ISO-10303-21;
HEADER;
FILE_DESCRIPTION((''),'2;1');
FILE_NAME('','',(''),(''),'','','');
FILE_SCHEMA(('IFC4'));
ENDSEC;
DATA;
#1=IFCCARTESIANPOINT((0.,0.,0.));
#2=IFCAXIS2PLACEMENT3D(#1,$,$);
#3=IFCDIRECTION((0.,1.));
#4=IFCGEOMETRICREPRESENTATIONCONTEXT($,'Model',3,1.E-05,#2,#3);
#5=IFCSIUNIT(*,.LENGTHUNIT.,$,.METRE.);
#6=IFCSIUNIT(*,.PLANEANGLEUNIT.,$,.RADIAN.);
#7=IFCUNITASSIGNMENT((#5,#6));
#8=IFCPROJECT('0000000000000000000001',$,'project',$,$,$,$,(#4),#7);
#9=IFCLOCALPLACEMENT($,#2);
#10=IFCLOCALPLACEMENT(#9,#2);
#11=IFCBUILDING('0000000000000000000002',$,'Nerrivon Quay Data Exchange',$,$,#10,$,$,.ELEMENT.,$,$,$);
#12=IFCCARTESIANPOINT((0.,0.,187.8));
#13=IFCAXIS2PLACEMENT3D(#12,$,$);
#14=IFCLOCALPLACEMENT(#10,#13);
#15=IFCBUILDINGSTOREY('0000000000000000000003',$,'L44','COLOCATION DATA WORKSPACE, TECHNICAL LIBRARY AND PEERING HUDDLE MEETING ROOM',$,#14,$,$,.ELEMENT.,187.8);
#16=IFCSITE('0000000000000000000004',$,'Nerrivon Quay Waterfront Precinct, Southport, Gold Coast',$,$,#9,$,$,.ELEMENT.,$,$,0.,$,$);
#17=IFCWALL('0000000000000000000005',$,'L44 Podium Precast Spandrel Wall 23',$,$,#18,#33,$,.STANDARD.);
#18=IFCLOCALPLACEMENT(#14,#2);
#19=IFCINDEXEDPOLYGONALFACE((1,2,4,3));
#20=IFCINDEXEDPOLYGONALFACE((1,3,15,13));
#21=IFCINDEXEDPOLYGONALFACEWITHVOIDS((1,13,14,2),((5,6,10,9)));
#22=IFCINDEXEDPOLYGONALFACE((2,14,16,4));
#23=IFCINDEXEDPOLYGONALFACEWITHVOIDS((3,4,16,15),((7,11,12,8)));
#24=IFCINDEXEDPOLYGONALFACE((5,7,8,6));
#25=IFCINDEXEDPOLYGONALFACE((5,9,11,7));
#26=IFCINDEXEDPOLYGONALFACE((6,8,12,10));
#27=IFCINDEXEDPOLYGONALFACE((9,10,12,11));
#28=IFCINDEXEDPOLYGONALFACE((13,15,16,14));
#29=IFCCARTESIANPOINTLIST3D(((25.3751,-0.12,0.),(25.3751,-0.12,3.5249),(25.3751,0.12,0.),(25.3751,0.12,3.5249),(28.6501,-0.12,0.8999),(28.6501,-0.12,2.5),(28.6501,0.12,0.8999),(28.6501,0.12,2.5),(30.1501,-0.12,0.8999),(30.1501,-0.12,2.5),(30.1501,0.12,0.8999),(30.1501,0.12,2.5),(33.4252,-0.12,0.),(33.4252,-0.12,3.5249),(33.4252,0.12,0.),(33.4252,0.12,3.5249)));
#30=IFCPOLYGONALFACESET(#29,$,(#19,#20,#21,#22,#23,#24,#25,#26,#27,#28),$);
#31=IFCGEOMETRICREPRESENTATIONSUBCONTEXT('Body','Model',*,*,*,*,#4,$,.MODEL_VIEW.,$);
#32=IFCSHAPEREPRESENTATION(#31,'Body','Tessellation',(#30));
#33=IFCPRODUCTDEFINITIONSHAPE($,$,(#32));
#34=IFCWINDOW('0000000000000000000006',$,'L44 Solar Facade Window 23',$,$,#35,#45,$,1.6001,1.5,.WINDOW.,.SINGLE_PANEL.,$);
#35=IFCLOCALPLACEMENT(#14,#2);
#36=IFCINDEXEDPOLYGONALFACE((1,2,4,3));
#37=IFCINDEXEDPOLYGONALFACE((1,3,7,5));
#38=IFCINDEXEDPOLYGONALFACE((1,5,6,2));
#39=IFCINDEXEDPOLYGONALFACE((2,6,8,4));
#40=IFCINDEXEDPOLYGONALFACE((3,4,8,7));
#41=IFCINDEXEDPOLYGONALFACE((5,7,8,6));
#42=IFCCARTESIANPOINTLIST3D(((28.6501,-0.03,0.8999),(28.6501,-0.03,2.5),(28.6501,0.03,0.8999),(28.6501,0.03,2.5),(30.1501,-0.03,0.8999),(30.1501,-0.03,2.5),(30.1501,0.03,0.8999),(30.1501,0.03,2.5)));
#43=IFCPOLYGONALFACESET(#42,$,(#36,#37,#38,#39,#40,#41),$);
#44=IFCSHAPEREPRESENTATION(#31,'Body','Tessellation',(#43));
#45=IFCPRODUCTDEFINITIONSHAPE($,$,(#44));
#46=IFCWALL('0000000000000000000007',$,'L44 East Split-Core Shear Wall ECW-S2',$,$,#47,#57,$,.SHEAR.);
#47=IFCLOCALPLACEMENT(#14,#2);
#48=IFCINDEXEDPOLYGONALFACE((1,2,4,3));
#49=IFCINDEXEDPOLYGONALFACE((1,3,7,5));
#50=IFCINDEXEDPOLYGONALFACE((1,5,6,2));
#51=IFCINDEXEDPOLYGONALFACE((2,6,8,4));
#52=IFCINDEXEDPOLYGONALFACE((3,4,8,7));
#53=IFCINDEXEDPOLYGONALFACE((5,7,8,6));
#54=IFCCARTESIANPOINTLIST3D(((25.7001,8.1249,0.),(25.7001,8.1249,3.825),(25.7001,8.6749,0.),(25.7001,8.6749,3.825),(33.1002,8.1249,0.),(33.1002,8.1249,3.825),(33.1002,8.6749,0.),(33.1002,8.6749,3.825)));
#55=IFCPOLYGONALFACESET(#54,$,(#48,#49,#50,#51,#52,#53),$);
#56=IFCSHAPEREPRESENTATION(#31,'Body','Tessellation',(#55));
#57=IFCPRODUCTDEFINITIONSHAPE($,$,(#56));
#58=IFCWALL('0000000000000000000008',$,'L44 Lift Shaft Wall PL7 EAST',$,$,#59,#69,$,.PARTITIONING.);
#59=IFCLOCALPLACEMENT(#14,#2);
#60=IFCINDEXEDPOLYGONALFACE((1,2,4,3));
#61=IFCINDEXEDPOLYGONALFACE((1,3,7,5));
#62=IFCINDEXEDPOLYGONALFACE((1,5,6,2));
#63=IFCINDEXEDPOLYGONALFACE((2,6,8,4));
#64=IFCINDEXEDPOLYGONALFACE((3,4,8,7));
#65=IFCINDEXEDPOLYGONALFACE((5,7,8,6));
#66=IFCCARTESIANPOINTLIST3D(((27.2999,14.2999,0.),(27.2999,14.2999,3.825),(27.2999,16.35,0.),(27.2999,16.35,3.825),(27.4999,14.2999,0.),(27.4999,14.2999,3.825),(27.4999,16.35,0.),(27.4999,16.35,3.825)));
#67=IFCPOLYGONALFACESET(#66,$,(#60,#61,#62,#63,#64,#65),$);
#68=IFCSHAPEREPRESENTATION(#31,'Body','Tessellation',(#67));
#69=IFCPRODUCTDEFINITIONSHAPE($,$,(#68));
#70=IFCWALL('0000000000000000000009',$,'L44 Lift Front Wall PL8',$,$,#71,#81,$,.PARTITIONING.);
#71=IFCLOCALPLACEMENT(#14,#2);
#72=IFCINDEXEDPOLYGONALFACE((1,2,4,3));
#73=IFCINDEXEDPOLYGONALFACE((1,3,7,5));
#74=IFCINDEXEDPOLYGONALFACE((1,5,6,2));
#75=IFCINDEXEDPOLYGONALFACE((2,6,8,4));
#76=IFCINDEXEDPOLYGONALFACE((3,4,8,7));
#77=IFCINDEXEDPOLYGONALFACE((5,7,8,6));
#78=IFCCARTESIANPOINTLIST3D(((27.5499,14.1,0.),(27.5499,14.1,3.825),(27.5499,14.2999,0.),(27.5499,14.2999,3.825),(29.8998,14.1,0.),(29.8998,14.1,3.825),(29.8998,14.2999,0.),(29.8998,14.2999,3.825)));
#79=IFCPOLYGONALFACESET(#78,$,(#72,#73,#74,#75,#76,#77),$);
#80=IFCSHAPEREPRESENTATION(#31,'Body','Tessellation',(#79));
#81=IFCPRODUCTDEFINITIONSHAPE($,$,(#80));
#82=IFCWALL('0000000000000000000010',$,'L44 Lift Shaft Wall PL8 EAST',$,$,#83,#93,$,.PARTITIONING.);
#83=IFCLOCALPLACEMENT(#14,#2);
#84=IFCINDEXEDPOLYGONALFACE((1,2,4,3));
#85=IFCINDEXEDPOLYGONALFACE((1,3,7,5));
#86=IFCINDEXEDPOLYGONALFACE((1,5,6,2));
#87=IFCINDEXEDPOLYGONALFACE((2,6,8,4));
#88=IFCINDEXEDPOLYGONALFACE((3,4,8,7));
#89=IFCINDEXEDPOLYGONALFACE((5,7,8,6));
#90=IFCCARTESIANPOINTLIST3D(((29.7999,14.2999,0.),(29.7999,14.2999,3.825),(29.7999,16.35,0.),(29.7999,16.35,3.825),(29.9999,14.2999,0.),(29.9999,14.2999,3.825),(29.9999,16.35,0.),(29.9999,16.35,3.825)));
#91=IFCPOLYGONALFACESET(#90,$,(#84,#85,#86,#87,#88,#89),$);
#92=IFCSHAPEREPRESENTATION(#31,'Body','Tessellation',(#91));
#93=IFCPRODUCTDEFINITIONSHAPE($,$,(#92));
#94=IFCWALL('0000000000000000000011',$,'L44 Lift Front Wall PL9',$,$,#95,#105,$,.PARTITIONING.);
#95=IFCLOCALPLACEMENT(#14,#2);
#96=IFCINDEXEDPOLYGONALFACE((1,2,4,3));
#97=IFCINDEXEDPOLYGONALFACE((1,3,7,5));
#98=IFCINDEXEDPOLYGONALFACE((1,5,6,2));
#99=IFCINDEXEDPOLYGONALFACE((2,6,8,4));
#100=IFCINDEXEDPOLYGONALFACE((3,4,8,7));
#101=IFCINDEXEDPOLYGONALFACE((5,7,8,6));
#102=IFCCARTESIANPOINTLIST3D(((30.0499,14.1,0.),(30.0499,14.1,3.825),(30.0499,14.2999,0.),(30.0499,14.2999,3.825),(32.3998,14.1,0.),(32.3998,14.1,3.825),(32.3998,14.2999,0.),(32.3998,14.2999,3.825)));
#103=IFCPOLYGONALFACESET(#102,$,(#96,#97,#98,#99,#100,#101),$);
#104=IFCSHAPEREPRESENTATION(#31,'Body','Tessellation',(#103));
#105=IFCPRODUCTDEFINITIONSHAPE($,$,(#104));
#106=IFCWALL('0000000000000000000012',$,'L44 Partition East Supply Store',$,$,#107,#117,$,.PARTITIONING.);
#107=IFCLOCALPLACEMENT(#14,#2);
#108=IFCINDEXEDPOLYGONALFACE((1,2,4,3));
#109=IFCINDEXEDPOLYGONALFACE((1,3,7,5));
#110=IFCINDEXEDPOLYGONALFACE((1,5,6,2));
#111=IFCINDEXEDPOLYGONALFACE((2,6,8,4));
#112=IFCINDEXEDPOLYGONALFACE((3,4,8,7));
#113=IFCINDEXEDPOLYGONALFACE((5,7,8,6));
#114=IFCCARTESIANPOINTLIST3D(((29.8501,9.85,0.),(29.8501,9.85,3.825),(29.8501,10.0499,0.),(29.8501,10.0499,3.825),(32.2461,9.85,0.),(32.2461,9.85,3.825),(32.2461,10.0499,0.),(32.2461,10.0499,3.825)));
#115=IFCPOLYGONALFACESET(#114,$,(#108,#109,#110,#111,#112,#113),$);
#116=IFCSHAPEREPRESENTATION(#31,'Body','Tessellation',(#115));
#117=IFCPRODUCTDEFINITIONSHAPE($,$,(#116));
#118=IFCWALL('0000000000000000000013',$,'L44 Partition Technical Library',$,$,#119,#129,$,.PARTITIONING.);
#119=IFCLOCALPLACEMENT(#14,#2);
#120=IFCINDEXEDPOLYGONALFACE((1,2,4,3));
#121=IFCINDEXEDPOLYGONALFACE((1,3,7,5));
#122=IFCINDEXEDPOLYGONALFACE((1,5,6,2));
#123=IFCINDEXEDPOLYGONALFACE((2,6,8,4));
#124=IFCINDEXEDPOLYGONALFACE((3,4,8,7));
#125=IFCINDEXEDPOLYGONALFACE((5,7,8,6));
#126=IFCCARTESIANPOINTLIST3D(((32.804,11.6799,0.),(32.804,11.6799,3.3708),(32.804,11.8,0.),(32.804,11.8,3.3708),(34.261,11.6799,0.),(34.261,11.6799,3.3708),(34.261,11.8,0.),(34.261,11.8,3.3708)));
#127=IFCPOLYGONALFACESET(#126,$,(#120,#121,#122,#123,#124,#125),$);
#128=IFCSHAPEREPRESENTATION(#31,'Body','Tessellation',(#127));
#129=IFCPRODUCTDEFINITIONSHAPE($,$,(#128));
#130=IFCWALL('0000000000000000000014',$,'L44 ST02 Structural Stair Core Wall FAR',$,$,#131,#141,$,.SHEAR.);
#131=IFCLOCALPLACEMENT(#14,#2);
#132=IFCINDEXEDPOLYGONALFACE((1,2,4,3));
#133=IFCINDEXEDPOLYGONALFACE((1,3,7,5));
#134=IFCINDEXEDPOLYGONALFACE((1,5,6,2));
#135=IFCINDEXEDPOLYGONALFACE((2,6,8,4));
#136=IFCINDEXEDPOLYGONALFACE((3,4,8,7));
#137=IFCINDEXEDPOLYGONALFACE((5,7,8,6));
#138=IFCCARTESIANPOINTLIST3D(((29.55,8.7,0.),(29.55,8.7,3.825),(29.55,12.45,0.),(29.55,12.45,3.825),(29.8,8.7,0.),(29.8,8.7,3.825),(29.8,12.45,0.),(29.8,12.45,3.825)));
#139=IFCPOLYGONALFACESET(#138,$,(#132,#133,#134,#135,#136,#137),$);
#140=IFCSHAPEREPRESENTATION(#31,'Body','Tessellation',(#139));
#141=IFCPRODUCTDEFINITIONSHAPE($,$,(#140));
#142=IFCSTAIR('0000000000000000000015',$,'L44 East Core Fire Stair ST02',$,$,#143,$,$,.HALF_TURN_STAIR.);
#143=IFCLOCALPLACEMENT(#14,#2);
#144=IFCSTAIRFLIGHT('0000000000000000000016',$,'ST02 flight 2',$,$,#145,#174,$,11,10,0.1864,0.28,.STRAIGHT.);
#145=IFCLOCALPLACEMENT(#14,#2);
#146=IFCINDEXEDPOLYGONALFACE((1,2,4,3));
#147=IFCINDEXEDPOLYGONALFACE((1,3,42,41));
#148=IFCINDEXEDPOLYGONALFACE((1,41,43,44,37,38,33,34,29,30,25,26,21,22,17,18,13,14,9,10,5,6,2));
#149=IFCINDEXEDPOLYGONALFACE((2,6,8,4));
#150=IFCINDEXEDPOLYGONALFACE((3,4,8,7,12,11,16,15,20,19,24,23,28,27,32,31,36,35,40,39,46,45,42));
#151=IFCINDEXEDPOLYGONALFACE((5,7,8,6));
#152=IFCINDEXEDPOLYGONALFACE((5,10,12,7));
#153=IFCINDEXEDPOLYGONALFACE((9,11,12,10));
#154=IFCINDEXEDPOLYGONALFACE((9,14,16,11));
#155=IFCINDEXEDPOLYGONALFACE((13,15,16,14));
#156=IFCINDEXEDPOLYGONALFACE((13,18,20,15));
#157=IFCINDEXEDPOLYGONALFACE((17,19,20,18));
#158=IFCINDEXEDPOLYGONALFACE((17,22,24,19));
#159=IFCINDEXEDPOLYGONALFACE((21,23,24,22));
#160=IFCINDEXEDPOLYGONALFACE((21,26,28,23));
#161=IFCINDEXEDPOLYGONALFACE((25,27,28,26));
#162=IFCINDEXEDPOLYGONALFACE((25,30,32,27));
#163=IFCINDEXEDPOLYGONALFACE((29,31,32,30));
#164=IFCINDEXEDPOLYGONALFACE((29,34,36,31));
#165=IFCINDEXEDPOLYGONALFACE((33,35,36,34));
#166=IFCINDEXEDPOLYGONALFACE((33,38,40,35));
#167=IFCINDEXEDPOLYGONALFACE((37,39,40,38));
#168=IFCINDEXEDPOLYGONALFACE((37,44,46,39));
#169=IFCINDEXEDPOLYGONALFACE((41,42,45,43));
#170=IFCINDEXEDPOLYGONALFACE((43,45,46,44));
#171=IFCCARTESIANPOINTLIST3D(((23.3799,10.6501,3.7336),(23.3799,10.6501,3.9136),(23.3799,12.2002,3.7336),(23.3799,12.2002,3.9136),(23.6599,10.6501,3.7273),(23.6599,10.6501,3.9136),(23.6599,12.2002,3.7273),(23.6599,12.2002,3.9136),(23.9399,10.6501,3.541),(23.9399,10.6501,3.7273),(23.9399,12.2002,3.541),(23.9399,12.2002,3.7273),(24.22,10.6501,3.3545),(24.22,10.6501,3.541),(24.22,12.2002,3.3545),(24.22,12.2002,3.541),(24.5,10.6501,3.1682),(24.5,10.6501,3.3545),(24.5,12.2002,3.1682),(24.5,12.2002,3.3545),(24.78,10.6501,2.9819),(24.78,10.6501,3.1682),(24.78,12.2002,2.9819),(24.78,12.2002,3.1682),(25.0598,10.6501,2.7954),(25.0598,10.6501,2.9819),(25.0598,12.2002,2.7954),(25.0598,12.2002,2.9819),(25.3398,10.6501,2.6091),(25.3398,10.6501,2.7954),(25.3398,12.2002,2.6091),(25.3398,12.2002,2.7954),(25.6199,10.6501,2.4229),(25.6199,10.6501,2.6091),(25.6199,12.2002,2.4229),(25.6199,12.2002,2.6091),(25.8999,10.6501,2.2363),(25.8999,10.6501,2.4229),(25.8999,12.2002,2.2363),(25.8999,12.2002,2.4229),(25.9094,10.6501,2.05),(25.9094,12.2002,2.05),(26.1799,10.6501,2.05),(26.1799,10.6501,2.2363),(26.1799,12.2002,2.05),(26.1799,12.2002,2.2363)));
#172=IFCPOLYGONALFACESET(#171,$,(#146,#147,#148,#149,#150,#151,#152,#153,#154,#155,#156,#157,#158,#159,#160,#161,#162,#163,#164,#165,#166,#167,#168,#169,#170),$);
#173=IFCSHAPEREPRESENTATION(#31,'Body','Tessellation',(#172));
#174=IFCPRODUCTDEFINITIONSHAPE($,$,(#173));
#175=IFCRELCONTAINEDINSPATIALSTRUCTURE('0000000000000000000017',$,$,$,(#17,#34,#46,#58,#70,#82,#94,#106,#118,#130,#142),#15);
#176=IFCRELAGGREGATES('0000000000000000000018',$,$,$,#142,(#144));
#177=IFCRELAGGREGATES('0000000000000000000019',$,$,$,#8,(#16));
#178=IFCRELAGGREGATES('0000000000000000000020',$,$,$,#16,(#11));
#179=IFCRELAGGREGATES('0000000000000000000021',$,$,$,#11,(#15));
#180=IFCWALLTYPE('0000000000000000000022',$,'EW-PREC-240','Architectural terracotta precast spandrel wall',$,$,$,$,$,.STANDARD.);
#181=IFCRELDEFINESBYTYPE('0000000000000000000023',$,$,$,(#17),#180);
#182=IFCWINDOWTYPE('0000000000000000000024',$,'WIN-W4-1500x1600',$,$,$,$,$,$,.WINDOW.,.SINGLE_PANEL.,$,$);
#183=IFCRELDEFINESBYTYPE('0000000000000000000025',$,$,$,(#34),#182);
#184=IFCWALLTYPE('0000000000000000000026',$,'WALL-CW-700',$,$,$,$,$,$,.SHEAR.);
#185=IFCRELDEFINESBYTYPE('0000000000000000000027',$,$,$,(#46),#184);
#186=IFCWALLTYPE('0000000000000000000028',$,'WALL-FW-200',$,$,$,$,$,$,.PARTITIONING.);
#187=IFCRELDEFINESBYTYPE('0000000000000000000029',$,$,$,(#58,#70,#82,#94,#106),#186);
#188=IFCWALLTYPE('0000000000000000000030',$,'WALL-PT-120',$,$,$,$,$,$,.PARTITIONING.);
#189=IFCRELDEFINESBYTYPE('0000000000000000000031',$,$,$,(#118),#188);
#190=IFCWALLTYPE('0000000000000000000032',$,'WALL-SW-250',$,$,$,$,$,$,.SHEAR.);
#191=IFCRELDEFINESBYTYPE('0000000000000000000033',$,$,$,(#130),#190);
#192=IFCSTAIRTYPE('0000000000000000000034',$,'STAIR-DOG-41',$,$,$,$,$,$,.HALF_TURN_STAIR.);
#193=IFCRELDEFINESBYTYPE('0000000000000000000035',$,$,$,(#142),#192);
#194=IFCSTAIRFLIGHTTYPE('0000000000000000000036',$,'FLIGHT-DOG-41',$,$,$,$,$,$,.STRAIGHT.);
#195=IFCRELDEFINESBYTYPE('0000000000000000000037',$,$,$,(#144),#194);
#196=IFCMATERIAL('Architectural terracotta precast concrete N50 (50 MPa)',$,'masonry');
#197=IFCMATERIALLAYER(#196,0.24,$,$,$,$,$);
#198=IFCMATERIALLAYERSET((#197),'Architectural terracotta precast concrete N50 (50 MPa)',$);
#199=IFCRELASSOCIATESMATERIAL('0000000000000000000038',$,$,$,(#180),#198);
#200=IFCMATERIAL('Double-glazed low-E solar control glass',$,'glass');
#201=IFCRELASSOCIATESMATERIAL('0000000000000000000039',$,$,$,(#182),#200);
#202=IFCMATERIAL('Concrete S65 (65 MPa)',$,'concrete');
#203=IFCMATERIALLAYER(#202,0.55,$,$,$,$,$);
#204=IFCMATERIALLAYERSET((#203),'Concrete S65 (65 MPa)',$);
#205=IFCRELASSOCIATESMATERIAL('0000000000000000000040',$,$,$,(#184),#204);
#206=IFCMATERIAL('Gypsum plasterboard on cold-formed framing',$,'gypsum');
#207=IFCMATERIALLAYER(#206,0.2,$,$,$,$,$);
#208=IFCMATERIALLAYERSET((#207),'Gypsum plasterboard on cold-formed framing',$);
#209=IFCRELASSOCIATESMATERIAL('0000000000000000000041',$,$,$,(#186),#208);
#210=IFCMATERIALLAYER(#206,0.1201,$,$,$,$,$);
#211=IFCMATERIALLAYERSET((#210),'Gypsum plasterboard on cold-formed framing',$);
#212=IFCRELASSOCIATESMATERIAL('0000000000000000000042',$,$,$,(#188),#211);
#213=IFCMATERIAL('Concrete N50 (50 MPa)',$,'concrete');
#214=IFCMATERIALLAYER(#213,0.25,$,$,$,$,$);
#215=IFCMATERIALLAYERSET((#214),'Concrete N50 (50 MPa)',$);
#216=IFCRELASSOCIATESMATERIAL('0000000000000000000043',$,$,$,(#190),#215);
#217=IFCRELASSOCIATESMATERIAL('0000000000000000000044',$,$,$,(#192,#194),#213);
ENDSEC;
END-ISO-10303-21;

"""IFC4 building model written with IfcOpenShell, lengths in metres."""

from ifc_helpers import new_model, si_unit, direction, frame, frame_2d, origin, place, context, subcontext, project, spatial, polyline, rectangle, outline, extrude, material, layer, layer_set, type_object, element, fill, aggregate, save


model = new_model("IFC4")

# Units and contexts
model_context = context("Model", 3, precision=1e-05, world=origin(), true_north=direction((0.0, 1.0)))
body_context = subcontext(model_context, "Body", "Model", "MODEL_VIEW")
ifc_project = project(units=[si_unit("LENGTHUNIT", "METRE"), si_unit("PLANEANGLEUNIT", "RADIAN")], contexts=[model_context])

# Site, building, storey
site_placement = place(None, origin())
site = spatial("IfcSite", under=ifc_project, at=site_placement, Name="Nerrivon Quay Waterfront Precinct, Southport, Gold Coast", CompositionType="ELEMENT", RefElevation=0.0)
building_placement = place(site_placement, origin())
building = spatial("IfcBuilding", under=site, at=building_placement, Name="Nerrivon Quay Data Exchange", CompositionType="ELEMENT")
storey_placement = place(building_placement, frame((0.0, 0.0, 187.8)))
storey = spatial("IfcBuildingStorey", under=building, at=storey_placement, Name="L44", Description="COLOCATION DATA WORKSPACE, TECHNICAL LIBRARY AND PEERING HUDDLE MEETING ROOM", CompositionType="ELEMENT", Elevation=187.8)

# Shared definitions
ifc_material_1 = material(Name="Concrete S65 (65 MPa)", Category="concrete")

# Wall, opening, window
ifc_material_2 = material(Name="Architectural terracotta precast concrete N50 (50 MPa)", Category="masonry")
ifc_layer_1 = layer(ifc_material_2, 0.24)
ifc_layer_set_1 = layer_set([ifc_layer_1], Name="Architectural terracotta precast concrete N50 (50 MPa)")
wall_type_1 = type_object("IfcWallType", Name="EW-PREC-240", Description="Architectural terracotta precast spandrel wall", PredefinedType="STANDARD", material=ifc_layer_set_1)
wall_1_placement = place(storey_placement, frame((33.425, 0.0, 0.0), z_axis=(0.0, 0.0, 1.0), x_axis=(-1.0, 0.0, 0.0)))
wall_1 = element("IfcWall", 1, at=wall_1_placement, inside=storey, type_object=wall_type_1, Name="L44 Podium Precast Spandrel Wall 23", PredefinedType="STANDARD", context=body_context, shape_type="SweptSolid", body=[
    extrude(rectangle(XDim=8.05, YDim=0.24, at=frame_2d((4.0249, 0.0))), origin(), (0.0, 0.0, 1.0), 3.5249),
])
opening_1_placement = place(wall_1_placement, frame((3.2749, 0.0, 0.8999)))
opening_1 = element("IfcOpeningElement", 2, at=opening_1_placement, cuts=wall_1, PredefinedType="OPENING", context=body_context, shape_type="SweptSolid", body=[
    extrude(rectangle(XDim=1.5, YDim=1.6001, at=frame_2d((0.75, 0.8))), frame((0.0, 0.1299, 0.0), z_axis=(0.0, -1.0, 0.0), x_axis=(1.0, 0.0, 0.0)), (0.0, 0.0, 1.0), 0.26),
])
ifc_material_3 = material(Name="Double-glazed low-E solar control glass", Category="glass")
window_type = type_object("IfcWindowType", Name="WIN-W4-1500x1600", PartitioningType="SINGLE_PANEL", PredefinedType="WINDOW", material=ifc_material_3)
window_placement = place(opening_1_placement, origin())
window = element("IfcWindow", 3, at=window_placement, inside=storey, type_object=window_type, Name="L44 Solar Facade Window 23", OverallHeight=1.6001, OverallWidth=1.5, PartitioningType="SINGLE_PANEL", PredefinedType="WINDOW", context=body_context, shape_type="SweptSolid", body=[
    extrude(rectangle(XDim=1.5, YDim=1.6001, at=frame_2d((0.75, 0.8))), frame((0.0, 0.03, 0.0), z_axis=(0.0, -1.0, 0.0), x_axis=(1.0, 0.0, 0.0)), (0.0, 0.0, 1.0), 0.0601),
])
fill(opening_1, window)

# Wall
ifc_layer_2 = layer(ifc_material_1, 0.55)
ifc_layer_set_2 = layer_set([ifc_layer_2], Name="Concrete S65 (65 MPa)")
wall_type_2 = type_object("IfcWallType", Name="WALL-CW-700", PredefinedType="SHEAR", material=ifc_layer_set_2)
wall_2_placement = place(storey_placement, frame((25.7, 8.3999, 0.0), z_axis=(0.0, 0.0, 1.0), x_axis=(1.0, 0.0, 0.0)))
element("IfcWall", 4, at=wall_2_placement, inside=storey, type_object=wall_type_2, Name="L44 East Split-Core Shear Wall ECW-S2", PredefinedType="SHEAR", context=body_context, shape_type="SweptSolid", body=[
    extrude(rectangle(XDim=7.4001, YDim=0.55, at=frame_2d((3.7002, 0.0))), origin(), (0.0, 0.0, 1.0), 3.825),
])

# Walls
ifc_material_4 = material(Name="Gypsum plasterboard on cold-formed framing", Category="gypsum")
ifc_layer_3 = layer(ifc_material_4, 0.2)
ifc_layer_set_3 = layer_set([ifc_layer_3], Name="Gypsum plasterboard on cold-formed framing")
wall_type_3 = type_object("IfcWallType", Name="WALL-FW-200", PredefinedType="PARTITIONING", material=ifc_layer_set_3)
wall_3_placement = place(storey_placement, frame((27.3999, 14.3, 0.0), z_axis=(0.0, 0.0, 1.0), x_axis=(0.0, 1.0, 0.0)))
element("IfcWall", 5, at=wall_3_placement, inside=storey, type_object=wall_type_3, Name="L44 Lift Shaft Wall PL7 EAST", PredefinedType="PARTITIONING", context=body_context, shape_type="SweptSolid", body=[
    extrude(rectangle(XDim=2.05, YDim=0.2, at=frame_2d((1.0249, 0.0))), origin(), (0.0, 0.0, 1.0), 3.825),
])
wall_4_placement = place(storey_placement, frame((27.55, 14.2, 0.0), z_axis=(0.0, 0.0, 1.0), x_axis=(1.0, 0.0, 0.0)))
element("IfcWall", 6, at=wall_4_placement, inside=storey, type_object=wall_type_3, Name="L44 Lift Front Wall PL8", PredefinedType="PARTITIONING", context=body_context, shape_type="SweptSolid", body=[
    extrude(rectangle(XDim=2.3499, YDim=0.2, at=frame_2d((1.1748, 0.0))), origin(), (0.0, 0.0, 1.0), 3.825),
])
wall_5_placement = place(storey_placement, frame((29.8999, 14.3, 0.0), z_axis=(0.0, 0.0, 1.0), x_axis=(0.0, 1.0, 0.0)))
element("IfcWall", 7, at=wall_5_placement, inside=storey, type_object=wall_type_3, Name="L44 Lift Shaft Wall PL8 EAST", PredefinedType="PARTITIONING", context=body_context, shape_type="SweptSolid", body=[
    extrude(rectangle(XDim=2.05, YDim=0.2, at=frame_2d((1.0249, 0.0))), origin(), (0.0, 0.0, 1.0), 3.825),
])
wall_6_placement = place(storey_placement, frame((30.05, 14.2, 0.0), z_axis=(0.0, 0.0, 1.0), x_axis=(1.0, 0.0, 0.0)))
element("IfcWall", 8, at=wall_6_placement, inside=storey, type_object=wall_type_3, Name="L44 Lift Front Wall PL9", PredefinedType="PARTITIONING", context=body_context, shape_type="SweptSolid", body=[
    extrude(rectangle(XDim=2.3499, YDim=0.2, at=frame_2d((1.1748, 0.0))), origin(), (0.0, 0.0, 1.0), 3.825),
])

# Walls
wall_7_placement = place(storey_placement, frame((29.8501, 9.95, 0.0), z_axis=(0.0, 0.0, 1.0), x_axis=(1.0, 0.0, 0.0)))
element("IfcWall", 9, at=wall_7_placement, inside=storey, type_object=wall_type_3, Name="L44 Partition East Supply Store", PredefinedType="PARTITIONING", context=body_context, shape_type="SweptSolid", body=[
    extrude(rectangle(XDim=2.396, YDim=0.2, at=frame_2d((1.198, 0.0))), origin(), (0.0, 0.0, 1.0), 3.825),
])
ifc_layer_4 = layer(ifc_material_4, 0.1201)
ifc_layer_set_4 = layer_set([ifc_layer_4], Name="Gypsum plasterboard on cold-formed framing")
wall_type_4 = type_object("IfcWallType", Name="WALL-PT-120", PredefinedType="PARTITIONING", material=ifc_layer_set_4)
wall_8_placement = place(storey_placement, frame((34.261, 11.74, 0.0), z_axis=(0.0, 0.0, 1.0), x_axis=(-1.0, 0.0, 0.0)))
element("IfcWall", 10, at=wall_8_placement, inside=storey, type_object=wall_type_4, Name="L44 Partition Technical Library", PredefinedType="PARTITIONING", context=body_context, shape_type="SweptSolid", body=[
    extrude(rectangle(XDim=1.457, YDim=0.1201, at=frame_2d((0.7285, 0.0))), origin(), (0.0, 0.0, 1.0), 3.3708),
])
ifc_material_5 = material(Name="Concrete N50 (50 MPa)", Category="concrete")
ifc_layer_5 = layer(ifc_material_5, 0.25)
ifc_layer_set_5 = layer_set([ifc_layer_5], Name="Concrete N50 (50 MPa)")
wall_type_5 = type_object("IfcWallType", Name="WALL-SW-250", PredefinedType="SHEAR", material=ifc_layer_set_5)
wall_9_placement = place(storey_placement, frame((29.675, 8.7, 0.0), z_axis=(0.0, 0.0, 1.0), x_axis=(0.0, 1.0, 0.0)))
element("IfcWall", 11, at=wall_9_placement, inside=storey, type_object=wall_type_5, Name="L44 ST02 Structural Stair Core Wall FAR", PredefinedType="SHEAR", context=body_context, shape_type="SweptSolid", body=[
    extrude(rectangle(XDim=3.75, YDim=0.25, at=frame_2d((1.875, 0.0))), origin(), (0.0, 0.0, 1.0), 3.825),
])

# Stair, stair flight
stair_type = type_object("IfcStairType", Name="STAIR-DOG-41", PredefinedType="HALF_TURN_STAIR", material=ifc_material_5)
stair_placement = place(storey_placement, origin())
stair = element("IfcStair", 12, at=stair_placement, inside=storey, type_object=stair_type, Name="L44 East Core Fire Stair ST02", PredefinedType="HALF_TURN_STAIR")
stair_flight_type = type_object("IfcStairFlightType", Name="FLIGHT-DOG-41", PredefinedType="STRAIGHT", material=ifc_material_5)
stair_flight_placement = place(storey_placement, frame((26.1799, 11.425, 2.05), z_axis=(0.0, 0.0, 1.0), x_axis=(-1.0, 0.0, 0.0)))
stair_flight = element("IfcStairFlight", 13, at=stair_flight_placement, type_object=stair_flight_type, Name="ST02 flight 2", NumberOfRisers=11, NumberOfTreads=10, PredefinedType="STRAIGHT", RiserHeight=0.1864, TreadLength=0.28, context=body_context, shape_type="SweptSolid", body=[
    extrude(outline(polyline([(0.0, 0.0), (0.0, 0.1863), (0.28, 0.1863), (0.28, 0.3728), (0.5601, 0.3728), (0.5601, 0.5591), (0.8401, 0.5591), (0.8401, 0.7454), (1.1201, 0.7454), (1.1201, 0.9319), (1.3999, 0.9319), (1.3999, 1.1182), (1.6799, 1.1182), (1.6799, 1.3044), (1.96, 1.3044), (1.96, 1.491), (2.24, 1.491), (2.24, 1.6772), (2.52, 1.6772), (2.52, 1.8635), (2.8, 1.8635), (2.8, 2.05), (2.8, 1.6836), (0.2705, 0.0), (0.0, 0.0)])), frame((0.0, 0.7749, 0.0), z_axis=(0.0, -1.0, 0.0), x_axis=(1.0, 0.0, 0.0)), (0.0, 0.0, 1.0), 1.55),
])
aggregate(stair, [stair_flight])

save(model, "model.ifc")
